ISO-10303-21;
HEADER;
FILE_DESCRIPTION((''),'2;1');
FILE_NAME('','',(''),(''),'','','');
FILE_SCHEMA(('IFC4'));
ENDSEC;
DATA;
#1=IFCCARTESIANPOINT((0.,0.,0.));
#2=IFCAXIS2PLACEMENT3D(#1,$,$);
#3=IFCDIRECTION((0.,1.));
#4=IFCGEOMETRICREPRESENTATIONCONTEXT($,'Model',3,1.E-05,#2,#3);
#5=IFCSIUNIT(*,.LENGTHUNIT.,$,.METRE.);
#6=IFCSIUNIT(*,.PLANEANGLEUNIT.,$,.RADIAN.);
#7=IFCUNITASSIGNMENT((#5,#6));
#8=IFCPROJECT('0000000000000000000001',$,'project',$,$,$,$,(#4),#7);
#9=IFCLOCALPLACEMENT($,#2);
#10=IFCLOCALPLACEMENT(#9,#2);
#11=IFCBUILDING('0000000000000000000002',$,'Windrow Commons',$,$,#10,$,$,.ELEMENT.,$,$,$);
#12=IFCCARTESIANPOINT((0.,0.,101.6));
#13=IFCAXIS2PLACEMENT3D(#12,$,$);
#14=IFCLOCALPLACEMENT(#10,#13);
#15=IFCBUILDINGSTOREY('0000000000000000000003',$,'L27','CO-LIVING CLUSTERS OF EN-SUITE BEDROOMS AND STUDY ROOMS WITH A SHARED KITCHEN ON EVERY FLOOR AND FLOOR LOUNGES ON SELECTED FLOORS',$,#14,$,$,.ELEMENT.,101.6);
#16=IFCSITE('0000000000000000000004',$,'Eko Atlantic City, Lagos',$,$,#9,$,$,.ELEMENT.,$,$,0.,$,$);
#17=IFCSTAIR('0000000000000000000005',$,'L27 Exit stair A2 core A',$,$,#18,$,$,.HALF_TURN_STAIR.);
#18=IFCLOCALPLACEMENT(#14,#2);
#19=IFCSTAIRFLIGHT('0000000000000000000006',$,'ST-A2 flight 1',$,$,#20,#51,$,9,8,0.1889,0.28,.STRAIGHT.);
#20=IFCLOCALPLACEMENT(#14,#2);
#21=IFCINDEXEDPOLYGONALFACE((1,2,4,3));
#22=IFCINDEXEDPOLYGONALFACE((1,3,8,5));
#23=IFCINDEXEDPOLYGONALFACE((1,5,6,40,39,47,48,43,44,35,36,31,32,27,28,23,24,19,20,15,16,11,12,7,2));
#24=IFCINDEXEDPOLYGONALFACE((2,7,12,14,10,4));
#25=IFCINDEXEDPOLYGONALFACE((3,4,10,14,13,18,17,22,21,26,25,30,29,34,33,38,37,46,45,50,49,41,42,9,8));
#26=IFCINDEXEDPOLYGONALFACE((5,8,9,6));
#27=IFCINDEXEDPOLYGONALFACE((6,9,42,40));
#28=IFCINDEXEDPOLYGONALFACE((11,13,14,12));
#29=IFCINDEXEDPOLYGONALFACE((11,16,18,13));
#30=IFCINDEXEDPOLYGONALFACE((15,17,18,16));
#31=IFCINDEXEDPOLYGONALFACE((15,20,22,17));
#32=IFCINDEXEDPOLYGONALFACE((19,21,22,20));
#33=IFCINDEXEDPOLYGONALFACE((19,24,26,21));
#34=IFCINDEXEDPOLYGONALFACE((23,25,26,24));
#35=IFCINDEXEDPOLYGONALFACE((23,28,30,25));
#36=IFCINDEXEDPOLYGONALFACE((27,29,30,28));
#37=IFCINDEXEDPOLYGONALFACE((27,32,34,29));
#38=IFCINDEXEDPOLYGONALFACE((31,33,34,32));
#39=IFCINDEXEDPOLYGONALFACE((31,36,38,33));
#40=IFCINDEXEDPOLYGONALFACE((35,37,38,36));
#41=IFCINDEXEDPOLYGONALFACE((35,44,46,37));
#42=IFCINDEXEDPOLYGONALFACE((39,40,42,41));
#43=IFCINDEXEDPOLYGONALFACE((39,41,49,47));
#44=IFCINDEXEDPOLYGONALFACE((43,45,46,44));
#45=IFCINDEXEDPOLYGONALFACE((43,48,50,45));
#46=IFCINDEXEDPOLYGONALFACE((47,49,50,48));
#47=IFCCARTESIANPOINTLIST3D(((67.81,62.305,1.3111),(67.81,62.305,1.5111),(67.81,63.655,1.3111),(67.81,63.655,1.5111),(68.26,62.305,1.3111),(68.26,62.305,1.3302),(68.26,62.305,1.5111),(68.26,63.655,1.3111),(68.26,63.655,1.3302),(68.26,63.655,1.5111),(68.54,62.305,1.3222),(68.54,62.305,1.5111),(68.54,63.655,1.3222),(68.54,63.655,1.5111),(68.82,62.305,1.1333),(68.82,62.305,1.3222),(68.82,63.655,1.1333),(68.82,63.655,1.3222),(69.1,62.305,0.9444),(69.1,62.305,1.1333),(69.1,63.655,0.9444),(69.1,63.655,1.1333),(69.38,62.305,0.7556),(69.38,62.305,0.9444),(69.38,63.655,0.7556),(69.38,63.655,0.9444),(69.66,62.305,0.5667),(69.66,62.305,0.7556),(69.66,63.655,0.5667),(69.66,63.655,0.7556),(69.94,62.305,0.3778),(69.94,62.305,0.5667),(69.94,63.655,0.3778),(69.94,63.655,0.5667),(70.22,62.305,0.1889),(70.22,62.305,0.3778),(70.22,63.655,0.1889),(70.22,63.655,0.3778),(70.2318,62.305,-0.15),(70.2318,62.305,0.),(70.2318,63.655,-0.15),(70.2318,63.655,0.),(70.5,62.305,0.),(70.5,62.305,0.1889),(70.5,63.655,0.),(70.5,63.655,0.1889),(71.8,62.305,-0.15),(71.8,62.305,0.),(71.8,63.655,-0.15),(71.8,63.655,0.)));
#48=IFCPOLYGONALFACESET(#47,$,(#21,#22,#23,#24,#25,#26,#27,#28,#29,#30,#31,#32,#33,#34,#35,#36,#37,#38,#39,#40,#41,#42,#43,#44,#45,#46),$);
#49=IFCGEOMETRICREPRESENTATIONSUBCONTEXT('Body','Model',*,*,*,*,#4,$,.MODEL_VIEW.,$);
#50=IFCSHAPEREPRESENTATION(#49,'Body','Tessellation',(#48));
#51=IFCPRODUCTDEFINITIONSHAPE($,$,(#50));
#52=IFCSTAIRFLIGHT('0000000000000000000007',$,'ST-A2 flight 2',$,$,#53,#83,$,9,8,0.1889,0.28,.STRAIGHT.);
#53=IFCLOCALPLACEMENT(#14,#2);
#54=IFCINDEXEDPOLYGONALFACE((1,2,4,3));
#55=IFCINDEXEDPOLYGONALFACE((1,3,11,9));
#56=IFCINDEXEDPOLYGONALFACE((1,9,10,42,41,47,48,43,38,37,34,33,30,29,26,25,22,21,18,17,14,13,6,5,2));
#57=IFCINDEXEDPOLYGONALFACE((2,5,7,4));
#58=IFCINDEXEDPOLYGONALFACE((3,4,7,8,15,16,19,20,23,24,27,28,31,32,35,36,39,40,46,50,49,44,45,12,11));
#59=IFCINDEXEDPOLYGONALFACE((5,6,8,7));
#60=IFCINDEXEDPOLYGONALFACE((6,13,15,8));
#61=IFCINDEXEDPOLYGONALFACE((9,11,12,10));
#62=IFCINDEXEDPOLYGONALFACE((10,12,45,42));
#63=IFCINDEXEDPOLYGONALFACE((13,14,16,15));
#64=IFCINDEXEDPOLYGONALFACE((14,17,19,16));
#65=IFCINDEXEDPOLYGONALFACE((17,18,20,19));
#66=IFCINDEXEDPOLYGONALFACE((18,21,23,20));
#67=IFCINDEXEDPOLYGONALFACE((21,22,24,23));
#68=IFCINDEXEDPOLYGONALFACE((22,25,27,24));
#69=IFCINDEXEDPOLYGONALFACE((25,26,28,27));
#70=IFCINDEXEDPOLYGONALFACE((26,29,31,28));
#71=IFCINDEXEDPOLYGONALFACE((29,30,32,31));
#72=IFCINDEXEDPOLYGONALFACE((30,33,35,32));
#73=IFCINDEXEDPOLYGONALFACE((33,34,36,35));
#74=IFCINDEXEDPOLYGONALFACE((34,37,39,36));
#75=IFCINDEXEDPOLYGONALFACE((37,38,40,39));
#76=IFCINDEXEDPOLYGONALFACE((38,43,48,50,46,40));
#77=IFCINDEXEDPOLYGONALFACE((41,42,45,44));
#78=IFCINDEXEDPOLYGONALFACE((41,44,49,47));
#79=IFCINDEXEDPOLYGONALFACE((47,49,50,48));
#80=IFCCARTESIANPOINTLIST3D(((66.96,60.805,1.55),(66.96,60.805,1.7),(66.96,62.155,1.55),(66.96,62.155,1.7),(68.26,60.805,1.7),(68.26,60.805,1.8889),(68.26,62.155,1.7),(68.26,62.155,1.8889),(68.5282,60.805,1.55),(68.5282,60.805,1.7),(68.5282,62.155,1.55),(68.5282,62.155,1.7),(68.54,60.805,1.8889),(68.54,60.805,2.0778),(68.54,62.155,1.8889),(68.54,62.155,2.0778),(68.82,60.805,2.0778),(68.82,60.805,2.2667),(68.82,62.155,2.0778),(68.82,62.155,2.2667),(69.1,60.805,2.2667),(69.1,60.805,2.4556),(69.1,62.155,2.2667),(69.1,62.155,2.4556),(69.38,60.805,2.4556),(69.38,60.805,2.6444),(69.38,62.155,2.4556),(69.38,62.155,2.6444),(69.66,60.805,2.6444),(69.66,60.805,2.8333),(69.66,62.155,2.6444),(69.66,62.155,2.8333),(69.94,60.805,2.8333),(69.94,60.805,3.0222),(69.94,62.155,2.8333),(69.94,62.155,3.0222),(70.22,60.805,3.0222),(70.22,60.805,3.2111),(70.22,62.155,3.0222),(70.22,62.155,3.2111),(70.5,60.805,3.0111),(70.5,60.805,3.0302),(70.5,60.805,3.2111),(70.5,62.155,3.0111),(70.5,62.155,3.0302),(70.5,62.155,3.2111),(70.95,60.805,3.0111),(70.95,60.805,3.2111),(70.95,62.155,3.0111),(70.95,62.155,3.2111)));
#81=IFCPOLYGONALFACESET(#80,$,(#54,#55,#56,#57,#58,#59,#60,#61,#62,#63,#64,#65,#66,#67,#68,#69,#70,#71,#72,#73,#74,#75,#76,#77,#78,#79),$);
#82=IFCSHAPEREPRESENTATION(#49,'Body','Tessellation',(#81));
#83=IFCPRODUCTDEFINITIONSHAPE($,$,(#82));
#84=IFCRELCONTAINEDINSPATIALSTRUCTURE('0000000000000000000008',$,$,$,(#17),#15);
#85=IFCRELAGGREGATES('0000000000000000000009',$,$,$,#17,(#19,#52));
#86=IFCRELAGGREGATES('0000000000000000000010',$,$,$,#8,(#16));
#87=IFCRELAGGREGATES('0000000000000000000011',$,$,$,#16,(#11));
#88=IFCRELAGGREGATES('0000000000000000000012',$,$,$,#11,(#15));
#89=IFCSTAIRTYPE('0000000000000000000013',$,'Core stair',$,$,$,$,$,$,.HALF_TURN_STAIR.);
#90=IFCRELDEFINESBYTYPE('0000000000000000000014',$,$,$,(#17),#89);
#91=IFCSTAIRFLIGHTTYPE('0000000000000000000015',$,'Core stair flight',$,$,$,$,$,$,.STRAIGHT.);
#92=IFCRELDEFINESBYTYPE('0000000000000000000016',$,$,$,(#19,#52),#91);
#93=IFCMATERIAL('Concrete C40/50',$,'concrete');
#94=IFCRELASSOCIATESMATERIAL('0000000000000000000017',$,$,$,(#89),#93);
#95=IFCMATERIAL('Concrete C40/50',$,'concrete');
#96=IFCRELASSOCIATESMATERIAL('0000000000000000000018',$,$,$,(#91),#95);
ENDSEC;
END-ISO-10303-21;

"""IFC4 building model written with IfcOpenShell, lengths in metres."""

from ifc_helpers import new_model, si_unit, direction, frame, origin, place, context, subcontext, project, spatial, polyline, outline, extrude, material, type_object, element, aggregate, save


model = new_model("IFC4")

# Units and contexts
model_context = context("Model", 3, precision=1e-05, world=origin(), true_north=direction((0.0, 1.0)))
body_context = subcontext(model_context, "Body", "Model", "MODEL_VIEW")
ifc_project = project(units=[si_unit("LENGTHUNIT", "METRE"), si_unit("PLANEANGLEUNIT", "RADIAN")], contexts=[model_context])

# Site, building, storey
site_placement = place(None, origin())
site = spatial("IfcSite", under=ifc_project, at=site_placement, Name="Eko Atlantic City, Lagos", CompositionType="ELEMENT", RefElevation=0.0)
building_placement = place(site_placement, origin())
building = spatial("IfcBuilding", under=site, at=building_placement, Name="Windrow Commons", CompositionType="ELEMENT")
storey_placement = place(building_placement, frame((0.0, 0.0, 101.6)))
storey = spatial("IfcBuildingStorey", under=building, at=storey_placement, Name="L27", Description="CO-LIVING CLUSTERS OF EN-SUITE BEDROOMS AND STUDY ROOMS WITH A SHARED KITCHEN ON EVERY FLOOR AND FLOOR LOUNGES ON SELECTED FLOORS", CompositionType="ELEMENT", Elevation=101.6)

# Shared definitions
ifc_material_1 = material(Name="Concrete C40/50", Category="concrete")
stair_type = type_object("IfcStairType", Name="Core stair", PredefinedType="HALF_TURN_STAIR", material=ifc_material_1)
placement = place(storey_placement, origin())
ifc_material_2 = material(Name="Concrete C40/50", Category="concrete")
stair_flight_type = type_object("IfcStairFlightType", Name="Core stair flight", PredefinedType="STRAIGHT", material=ifc_material_2)

# Stair, stair flights
stair_1 = element("IfcStair", 1, at=placement, inside=storey, type_object=stair_type, Name="L27 Exit stair A2 core A", PredefinedType="HALF_TURN_STAIR")
stair_flight_1_placement = place(storey_placement, frame((70.5, 62.98, 0.0), z_axis=(0.0, 0.0, 1.0), x_axis=(-1.0, 0.0, 0.0)))
stair_flight_1 = element("IfcStairFlight", 2, at=stair_flight_1_placement, type_object=stair_flight_type, Name="ST-A2 flight 1", NumberOfRisers=9, NumberOfTreads=8, PredefinedType="STRAIGHT", RiserHeight=0.1889, TreadLength=0.28, context=body_context, shape_type="SweptSolid", body=[
    extrude(outline(polyline([(-1.3, -0.15), (-1.3, 0.0), (0.0, 0.0), (0.0, 0.1889), (0.28, 0.1889), (0.28, 0.3778), (0.56, 0.3778), (0.56, 0.5667), (0.84, 0.5667), (0.84, 0.7556), (1.12, 0.7556), (1.12, 0.9444), (1.4, 0.9444), (1.4, 1.1333), (1.68, 1.1333), (1.68, 1.3222), (1.96, 1.3222), (1.96, 1.5111), (2.24, 1.5111), (2.69, 1.5111), (2.69, 1.3111), (2.24, 1.3111), (2.24, 1.3302), (0.2682, 0.0), (0.2682, -0.15), (-1.3, -0.15)])), frame((0.0, 0.675, 0.0), z_axis=(0.0, -1.0, 0.0), x_axis=(1.0, 0.0, 0.0)), (0.0, 0.0, 1.0), 1.35),
])
stair_flight_2_placement = place(storey_placement, frame((68.26, 61.48, 1.7), z_axis=(0.0, 0.0, 1.0), x_axis=(1.0, 0.0, 0.0)))
stair_flight_2 = element("IfcStairFlight", 3, at=stair_flight_2_placement, type_object=stair_flight_type, Name="ST-A2 flight 2", NumberOfRisers=9, NumberOfTreads=8, PredefinedType="STRAIGHT", RiserHeight=0.1889, TreadLength=0.28, context=body_context, shape_type="SweptSolid", body=[
    extrude(outline(polyline([(-1.3, -0.15), (-1.3, 0.0), (0.0, 0.0), (0.0, 0.1889), (0.28, 0.1889), (0.28, 0.3778), (0.56, 0.3778), (0.56, 0.5667), (0.84, 0.5667), (0.84, 0.7556), (1.12, 0.7556), (1.12, 0.9444), (1.4, 0.9444), (1.4, 1.1333), (1.68, 1.1333), (1.68, 1.3222), (1.96, 1.3222), (1.96, 1.5111), (2.24, 1.5111), (2.69, 1.5111), (2.69, 1.3111), (2.24, 1.3111), (2.24, 1.3302), (0.2682, 0.0), (0.2682, -0.15), (-1.3, -0.15)])), frame((0.0, 0.675, 0.0), z_axis=(0.0, -1.0, 0.0), x_axis=(1.0, 0.0, 0.0)), (0.0, 0.0, 1.0), 1.35),
])
aggregate(stair_1, [stair_flight_1, stair_flight_2])

save(model, "model.ifc")
